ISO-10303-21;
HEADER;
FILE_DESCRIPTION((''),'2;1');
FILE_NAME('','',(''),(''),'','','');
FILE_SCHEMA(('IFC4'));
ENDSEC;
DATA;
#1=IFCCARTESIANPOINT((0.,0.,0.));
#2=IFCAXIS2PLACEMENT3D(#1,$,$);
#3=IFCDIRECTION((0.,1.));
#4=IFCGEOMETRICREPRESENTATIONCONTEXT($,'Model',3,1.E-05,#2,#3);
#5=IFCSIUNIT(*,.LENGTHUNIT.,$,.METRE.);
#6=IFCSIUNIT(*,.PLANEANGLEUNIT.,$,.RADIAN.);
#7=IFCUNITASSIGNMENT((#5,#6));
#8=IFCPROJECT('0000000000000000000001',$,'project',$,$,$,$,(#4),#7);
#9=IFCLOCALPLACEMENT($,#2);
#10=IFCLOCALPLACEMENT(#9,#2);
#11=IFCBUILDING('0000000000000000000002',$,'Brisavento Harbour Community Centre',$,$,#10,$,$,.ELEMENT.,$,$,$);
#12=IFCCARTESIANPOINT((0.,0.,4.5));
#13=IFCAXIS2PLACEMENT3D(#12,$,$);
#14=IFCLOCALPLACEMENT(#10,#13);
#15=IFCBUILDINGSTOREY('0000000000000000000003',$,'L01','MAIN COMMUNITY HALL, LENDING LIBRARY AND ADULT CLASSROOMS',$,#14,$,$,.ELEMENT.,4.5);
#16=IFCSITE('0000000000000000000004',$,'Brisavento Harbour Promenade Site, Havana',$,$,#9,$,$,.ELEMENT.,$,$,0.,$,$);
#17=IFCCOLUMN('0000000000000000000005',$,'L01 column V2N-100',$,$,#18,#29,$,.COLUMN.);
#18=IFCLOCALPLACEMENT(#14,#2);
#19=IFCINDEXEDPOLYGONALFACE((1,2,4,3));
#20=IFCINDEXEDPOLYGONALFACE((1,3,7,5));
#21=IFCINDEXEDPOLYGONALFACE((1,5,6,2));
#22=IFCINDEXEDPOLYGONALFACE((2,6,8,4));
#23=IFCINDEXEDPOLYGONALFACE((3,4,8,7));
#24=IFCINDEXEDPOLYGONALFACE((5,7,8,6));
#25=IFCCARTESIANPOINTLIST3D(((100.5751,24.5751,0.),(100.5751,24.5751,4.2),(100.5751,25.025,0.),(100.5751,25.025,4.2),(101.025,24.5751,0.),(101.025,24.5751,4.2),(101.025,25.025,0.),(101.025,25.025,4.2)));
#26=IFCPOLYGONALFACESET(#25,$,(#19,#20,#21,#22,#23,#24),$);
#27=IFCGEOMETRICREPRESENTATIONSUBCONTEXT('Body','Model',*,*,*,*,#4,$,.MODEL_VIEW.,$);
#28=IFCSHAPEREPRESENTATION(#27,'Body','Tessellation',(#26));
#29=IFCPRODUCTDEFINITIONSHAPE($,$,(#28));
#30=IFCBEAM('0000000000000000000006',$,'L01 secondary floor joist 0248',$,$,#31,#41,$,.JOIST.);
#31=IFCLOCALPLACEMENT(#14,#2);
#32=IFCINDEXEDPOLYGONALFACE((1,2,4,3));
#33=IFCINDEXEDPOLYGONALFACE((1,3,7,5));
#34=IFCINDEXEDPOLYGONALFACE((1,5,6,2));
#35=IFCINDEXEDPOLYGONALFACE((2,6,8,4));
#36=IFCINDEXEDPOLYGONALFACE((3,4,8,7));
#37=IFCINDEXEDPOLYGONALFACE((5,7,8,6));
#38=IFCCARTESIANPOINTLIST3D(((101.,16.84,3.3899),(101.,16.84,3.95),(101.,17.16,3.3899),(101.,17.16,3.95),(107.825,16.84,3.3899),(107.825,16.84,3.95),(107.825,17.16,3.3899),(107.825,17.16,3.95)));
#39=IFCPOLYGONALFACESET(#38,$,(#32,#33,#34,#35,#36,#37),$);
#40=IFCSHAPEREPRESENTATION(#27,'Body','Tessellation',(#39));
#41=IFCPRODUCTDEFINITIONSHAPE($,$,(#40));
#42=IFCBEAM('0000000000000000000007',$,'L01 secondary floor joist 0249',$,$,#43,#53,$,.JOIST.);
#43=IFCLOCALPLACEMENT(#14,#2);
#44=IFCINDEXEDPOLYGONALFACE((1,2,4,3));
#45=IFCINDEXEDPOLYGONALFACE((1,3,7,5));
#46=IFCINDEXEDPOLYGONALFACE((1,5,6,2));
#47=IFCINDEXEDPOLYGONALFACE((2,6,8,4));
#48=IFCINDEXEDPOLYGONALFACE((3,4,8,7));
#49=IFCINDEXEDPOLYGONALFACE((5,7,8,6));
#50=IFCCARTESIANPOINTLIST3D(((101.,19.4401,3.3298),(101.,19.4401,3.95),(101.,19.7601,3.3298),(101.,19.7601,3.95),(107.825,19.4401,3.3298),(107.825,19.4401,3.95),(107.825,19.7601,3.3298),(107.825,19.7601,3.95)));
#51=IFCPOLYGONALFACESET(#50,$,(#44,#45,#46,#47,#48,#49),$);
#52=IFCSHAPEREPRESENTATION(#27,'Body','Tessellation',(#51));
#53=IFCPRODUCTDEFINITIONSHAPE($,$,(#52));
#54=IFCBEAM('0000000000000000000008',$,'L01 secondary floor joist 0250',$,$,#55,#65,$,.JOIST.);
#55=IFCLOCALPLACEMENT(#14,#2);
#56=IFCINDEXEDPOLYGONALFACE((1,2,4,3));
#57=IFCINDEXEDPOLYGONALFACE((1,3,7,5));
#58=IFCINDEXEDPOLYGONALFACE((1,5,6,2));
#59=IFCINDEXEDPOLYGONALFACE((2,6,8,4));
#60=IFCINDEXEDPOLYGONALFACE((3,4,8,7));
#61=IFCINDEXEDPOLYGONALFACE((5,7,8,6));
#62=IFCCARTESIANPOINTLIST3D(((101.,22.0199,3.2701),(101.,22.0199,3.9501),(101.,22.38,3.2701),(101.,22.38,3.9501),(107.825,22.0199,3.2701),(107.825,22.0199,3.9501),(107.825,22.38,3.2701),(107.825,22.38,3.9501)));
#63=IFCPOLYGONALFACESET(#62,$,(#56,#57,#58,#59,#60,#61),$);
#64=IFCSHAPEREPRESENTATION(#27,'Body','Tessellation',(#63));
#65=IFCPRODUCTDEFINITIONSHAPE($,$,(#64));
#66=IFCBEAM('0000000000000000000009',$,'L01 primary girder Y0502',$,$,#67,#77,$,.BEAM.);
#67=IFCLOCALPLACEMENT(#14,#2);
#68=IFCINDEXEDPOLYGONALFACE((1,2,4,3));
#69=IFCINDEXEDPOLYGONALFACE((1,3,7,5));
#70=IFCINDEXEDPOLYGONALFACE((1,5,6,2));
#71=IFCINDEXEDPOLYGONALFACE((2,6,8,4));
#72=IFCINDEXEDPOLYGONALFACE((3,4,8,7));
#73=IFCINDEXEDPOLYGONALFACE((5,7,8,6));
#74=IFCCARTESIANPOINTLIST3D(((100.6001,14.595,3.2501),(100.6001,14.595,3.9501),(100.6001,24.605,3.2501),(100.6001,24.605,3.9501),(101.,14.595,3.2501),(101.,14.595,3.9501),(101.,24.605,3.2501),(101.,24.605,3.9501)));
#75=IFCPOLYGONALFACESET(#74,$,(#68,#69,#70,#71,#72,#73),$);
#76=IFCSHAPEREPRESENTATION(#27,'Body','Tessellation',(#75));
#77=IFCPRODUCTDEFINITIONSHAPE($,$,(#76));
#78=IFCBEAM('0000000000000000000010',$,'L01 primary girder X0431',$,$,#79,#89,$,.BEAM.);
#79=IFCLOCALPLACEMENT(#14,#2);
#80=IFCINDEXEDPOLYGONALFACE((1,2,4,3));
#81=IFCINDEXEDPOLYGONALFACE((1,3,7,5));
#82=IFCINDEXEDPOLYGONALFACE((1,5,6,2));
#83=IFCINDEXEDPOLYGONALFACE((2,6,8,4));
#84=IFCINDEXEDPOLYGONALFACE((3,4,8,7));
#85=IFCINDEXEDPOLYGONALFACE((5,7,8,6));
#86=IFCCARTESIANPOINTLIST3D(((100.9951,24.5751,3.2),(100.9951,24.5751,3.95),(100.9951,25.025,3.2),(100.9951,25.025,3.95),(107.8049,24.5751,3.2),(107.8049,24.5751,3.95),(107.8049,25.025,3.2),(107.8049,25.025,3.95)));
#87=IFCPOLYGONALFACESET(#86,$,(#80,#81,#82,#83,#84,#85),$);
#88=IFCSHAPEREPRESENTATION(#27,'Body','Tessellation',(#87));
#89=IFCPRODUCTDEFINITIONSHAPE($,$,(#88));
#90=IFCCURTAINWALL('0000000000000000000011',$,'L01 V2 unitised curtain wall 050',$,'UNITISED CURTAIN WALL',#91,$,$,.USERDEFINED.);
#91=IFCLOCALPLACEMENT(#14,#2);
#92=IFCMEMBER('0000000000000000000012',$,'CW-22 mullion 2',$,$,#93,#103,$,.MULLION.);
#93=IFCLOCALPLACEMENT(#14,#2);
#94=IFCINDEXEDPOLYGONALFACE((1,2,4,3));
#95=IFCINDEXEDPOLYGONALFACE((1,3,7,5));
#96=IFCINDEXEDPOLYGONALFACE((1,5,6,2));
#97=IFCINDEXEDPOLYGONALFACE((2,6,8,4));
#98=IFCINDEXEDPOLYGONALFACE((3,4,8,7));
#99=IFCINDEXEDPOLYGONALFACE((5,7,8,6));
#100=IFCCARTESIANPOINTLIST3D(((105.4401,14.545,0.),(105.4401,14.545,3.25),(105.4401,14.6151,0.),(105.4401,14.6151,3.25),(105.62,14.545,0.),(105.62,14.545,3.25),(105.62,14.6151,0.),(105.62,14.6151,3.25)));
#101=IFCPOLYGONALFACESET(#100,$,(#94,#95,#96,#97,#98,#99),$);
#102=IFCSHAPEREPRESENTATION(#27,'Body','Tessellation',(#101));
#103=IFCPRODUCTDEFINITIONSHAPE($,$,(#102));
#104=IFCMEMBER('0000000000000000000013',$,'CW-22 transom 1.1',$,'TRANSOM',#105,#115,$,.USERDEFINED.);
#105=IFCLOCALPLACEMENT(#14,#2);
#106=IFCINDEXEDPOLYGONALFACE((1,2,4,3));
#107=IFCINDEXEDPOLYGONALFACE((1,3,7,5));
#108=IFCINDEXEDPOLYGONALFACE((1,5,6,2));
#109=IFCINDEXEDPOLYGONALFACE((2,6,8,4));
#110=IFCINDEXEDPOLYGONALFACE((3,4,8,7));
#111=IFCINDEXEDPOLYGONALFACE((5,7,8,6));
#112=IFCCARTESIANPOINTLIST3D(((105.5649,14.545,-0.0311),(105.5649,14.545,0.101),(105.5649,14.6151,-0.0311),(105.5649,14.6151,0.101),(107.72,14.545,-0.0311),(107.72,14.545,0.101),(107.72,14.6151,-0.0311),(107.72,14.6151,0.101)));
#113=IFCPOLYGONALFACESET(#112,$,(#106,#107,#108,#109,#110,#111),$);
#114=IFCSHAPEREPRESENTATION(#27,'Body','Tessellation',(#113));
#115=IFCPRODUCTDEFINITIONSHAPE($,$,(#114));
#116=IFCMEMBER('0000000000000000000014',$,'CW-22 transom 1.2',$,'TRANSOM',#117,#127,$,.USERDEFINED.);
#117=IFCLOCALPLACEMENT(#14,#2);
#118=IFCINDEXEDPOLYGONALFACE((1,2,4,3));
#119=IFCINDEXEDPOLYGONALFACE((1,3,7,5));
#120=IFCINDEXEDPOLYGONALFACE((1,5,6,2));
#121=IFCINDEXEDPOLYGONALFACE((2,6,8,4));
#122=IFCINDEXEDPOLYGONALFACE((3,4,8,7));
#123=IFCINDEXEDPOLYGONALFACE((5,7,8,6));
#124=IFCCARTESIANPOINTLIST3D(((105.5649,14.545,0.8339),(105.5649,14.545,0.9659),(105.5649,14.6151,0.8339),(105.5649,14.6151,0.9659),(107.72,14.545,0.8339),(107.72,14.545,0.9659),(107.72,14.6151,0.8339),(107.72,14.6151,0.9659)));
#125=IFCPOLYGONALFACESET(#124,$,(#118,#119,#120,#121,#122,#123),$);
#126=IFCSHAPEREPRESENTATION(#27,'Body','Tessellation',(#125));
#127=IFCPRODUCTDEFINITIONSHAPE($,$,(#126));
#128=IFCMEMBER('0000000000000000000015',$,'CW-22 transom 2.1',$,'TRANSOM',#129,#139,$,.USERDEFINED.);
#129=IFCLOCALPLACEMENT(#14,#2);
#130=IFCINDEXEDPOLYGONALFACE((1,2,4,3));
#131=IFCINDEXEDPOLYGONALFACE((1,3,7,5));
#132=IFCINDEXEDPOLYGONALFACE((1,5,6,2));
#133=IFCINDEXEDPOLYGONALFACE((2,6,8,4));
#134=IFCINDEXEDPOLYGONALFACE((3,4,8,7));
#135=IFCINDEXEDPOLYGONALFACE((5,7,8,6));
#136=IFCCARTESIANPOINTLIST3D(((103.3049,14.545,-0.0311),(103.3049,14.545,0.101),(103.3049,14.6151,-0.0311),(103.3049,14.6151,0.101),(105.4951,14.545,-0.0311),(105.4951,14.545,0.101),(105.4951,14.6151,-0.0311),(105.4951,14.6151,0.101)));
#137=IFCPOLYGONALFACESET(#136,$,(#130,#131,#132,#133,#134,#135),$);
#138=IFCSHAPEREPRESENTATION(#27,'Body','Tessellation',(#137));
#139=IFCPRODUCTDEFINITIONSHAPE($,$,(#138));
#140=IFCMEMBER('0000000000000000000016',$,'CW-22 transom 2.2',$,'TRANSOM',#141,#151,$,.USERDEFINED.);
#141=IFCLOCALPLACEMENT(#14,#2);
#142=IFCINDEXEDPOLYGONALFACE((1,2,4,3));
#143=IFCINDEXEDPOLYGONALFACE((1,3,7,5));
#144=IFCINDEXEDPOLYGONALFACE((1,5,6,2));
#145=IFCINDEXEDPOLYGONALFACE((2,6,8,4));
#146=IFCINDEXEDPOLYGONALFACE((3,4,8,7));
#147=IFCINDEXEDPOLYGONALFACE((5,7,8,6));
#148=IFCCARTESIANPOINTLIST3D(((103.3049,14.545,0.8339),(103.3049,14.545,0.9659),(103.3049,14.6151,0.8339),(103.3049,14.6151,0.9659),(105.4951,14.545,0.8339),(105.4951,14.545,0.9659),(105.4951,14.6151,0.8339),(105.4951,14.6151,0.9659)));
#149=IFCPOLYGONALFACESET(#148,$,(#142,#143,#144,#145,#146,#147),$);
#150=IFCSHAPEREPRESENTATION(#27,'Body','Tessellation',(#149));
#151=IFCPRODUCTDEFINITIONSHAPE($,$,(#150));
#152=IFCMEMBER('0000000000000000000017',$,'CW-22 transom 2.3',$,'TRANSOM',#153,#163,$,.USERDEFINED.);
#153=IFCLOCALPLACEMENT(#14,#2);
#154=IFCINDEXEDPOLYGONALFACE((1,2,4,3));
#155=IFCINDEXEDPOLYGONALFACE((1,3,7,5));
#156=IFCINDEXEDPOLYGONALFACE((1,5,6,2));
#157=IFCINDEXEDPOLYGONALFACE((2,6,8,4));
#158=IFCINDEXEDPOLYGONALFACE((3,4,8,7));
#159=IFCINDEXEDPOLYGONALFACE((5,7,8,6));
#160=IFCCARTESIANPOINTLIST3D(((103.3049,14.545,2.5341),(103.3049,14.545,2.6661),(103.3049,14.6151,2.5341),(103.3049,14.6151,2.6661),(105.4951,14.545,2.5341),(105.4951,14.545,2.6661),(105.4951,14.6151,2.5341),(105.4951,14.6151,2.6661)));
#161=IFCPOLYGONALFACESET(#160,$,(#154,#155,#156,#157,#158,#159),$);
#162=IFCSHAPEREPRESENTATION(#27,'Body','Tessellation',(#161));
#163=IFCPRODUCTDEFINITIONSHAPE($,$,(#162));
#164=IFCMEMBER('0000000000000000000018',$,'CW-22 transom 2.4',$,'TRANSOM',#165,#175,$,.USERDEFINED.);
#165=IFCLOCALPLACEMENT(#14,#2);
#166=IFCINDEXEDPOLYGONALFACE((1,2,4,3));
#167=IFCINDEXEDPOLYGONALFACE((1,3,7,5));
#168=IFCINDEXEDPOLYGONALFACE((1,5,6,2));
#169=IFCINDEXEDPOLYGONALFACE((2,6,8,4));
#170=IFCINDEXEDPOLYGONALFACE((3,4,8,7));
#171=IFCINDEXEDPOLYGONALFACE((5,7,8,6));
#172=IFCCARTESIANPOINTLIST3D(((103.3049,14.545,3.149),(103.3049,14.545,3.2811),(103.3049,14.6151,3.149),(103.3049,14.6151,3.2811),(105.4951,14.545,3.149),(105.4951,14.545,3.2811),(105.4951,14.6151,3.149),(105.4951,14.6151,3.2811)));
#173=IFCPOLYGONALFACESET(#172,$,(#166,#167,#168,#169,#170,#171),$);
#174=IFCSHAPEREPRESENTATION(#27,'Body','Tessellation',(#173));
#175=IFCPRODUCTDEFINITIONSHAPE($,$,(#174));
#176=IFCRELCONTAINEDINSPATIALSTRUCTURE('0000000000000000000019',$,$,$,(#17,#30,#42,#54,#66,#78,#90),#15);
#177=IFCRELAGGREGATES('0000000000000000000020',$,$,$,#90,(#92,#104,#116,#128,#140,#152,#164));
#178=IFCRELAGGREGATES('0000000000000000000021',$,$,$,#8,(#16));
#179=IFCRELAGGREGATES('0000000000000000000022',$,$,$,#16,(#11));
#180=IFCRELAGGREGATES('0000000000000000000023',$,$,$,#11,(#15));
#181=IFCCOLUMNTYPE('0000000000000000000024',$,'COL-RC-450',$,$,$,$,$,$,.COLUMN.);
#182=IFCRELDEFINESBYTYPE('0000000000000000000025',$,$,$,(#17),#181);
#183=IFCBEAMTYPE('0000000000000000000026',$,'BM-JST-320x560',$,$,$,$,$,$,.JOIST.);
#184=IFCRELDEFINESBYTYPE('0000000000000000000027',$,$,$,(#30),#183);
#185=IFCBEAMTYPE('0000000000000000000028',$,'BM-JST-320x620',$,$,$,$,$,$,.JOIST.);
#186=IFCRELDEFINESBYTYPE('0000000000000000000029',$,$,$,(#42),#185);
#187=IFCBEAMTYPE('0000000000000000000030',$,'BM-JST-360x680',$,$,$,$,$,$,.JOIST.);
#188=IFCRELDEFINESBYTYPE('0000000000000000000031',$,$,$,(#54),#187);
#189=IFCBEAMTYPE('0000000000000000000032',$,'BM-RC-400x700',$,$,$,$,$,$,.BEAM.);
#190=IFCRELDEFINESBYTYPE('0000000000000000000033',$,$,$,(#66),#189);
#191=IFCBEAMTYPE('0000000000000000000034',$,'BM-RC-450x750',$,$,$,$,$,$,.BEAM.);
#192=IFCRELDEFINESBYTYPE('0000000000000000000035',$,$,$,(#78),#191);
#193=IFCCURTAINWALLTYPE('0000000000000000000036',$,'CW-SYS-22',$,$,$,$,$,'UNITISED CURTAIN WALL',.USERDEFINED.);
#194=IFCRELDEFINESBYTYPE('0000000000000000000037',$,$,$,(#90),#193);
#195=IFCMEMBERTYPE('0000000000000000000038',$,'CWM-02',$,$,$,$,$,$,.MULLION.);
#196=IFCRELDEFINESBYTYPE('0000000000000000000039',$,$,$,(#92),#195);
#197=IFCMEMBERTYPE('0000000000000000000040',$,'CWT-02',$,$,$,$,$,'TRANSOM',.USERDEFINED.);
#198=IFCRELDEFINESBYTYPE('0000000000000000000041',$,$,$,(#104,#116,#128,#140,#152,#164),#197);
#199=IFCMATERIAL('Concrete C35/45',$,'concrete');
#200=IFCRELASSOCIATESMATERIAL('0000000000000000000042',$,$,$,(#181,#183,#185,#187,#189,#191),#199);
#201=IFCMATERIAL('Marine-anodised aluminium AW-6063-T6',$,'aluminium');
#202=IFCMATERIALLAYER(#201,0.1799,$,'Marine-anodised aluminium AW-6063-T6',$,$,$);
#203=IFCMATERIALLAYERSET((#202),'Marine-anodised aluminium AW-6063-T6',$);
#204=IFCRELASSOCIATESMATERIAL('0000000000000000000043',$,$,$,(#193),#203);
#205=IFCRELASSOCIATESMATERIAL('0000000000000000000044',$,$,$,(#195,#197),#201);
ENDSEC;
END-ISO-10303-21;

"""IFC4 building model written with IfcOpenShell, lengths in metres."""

from ifc_helpers import new_model, si_unit, direction, frame, origin, origin_2d, place, context, subcontext, project, spatial, rectangle, extrude, material, layer, layer_set, material_profile, profile_set, type_object, element, aggregate, save


model = new_model("IFC4")

# Units and contexts
model_context = context("Model", 3, precision=1e-05, world=origin(), true_north=direction((0.0, 1.0)))
body_context = subcontext(model_context, "Body", "Model", "MODEL_VIEW")
ifc_project = project(units=[si_unit("LENGTHUNIT", "METRE"), si_unit("PLANEANGLEUNIT", "RADIAN")], contexts=[model_context])

# Site, building, storey
site_placement = place(None, origin())
site = spatial("IfcSite", under=ifc_project, at=site_placement, Name="Brisavento Harbour Promenade Site, Havana", CompositionType="ELEMENT", RefElevation=0.0)
building_placement = place(site_placement, origin())
building = spatial("IfcBuilding", under=site, at=building_placement, Name="Brisavento Harbour Community Centre", CompositionType="ELEMENT")
storey_placement = place(building_placement, frame((0.0, 0.0, 4.5)))
storey = spatial("IfcBuildingStorey", under=building, at=storey_placement, Name="L01", Description="MAIN COMMUNITY HALL, LENDING LIBRARY AND ADULT CLASSROOMS", CompositionType="ELEMENT", Elevation=4.5)

# Column
ifc_material_1 = material(Name="Concrete C35/45", Category="concrete")
ifc_material_profile_1 = material_profile(ifc_material_1, rectangle(XDim=0.45, YDim=0.45, at=origin_2d()), Name="Concrete C35/45")
ifc_profile_set_1 = profile_set([ifc_material_profile_1], Name="Concrete C35/45")
column_type = type_object("IfcColumnType", Name="COL-RC-450", PredefinedType="COLUMN", material=ifc_profile_set_1)
column_placement = place(storey_placement, frame((100.8, 24.8, 0.0), z_axis=(0.0, 0.0, 1.0), x_axis=(1.0, 0.0, 0.0)))
element("IfcColumn", 1, at=column_placement, inside=storey, type_object=column_type, Name="L01 column V2N-100", PredefinedType="COLUMN", context=body_context, shape_type="SweptSolid", body=[
    extrude(rectangle(XDim=0.45, YDim=0.45, at=origin_2d()), origin(), (0.0, 0.0, 1.0), 4.2),
])

# Beams
ifc_material_profile_2 = material_profile(ifc_material_1, rectangle(XDim=0.3201, YDim=0.5601, at=origin_2d()), Name="Concrete C35/45")
ifc_profile_set_2 = profile_set([ifc_material_profile_2], Name="Concrete C35/45")
beam_type_1 = type_object("IfcBeamType", Name="BM-JST-320x560", PredefinedType="JOIST", material=ifc_profile_set_2)
beam_1_placement = place(storey_placement, frame((101.0, 17.0, 3.6699), z_axis=(1.0, 0.0, 0.0), x_axis=(0.0, 1.0, 0.0)))
element("IfcBeam", 2, at=beam_1_placement, inside=storey, type_object=beam_type_1, Name="L01 secondary floor joist 0248", PredefinedType="JOIST", context=body_context, shape_type="SweptSolid", body=[
    extrude(rectangle(XDim=0.3201, YDim=0.5601, at=origin_2d()), origin(), (0.0, 0.0, 1.0), 6.825),
])
ifc_material_profile_3 = material_profile(ifc_material_1, rectangle(XDim=0.3201, YDim=0.6201, at=origin_2d()), Name="Concrete C35/45")
ifc_profile_set_3 = profile_set([ifc_material_profile_3], Name="Concrete C35/45")
beam_type_2 = type_object("IfcBeamType", Name="BM-JST-320x620", PredefinedType="JOIST", material=ifc_profile_set_3)
beam_2_placement = place(storey_placement, frame((101.0, 19.6001, 3.6399), z_axis=(1.0, 0.0, 0.0), x_axis=(0.0, 1.0, 0.0)))
element("IfcBeam", 3, at=beam_2_placement, inside=storey, type_object=beam_type_2, Name="L01 secondary floor joist 0249", PredefinedType="JOIST", context=body_context, shape_type="SweptSolid", body=[
    extrude(rectangle(XDim=0.3201, YDim=0.6201, at=origin_2d()), origin(), (0.0, 0.0, 1.0), 6.825),
])
ifc_material_profile_4 = material_profile(ifc_material_1, rectangle(XDim=0.3601, YDim=0.6799, at=origin_2d()), Name="Concrete C35/45")
ifc_profile_set_4 = profile_set([ifc_material_profile_4], Name="Concrete C35/45")
beam_type_3 = type_object("IfcBeamType", Name="BM-JST-360x680", PredefinedType="JOIST", material=ifc_profile_set_4)
beam_3_placement = place(storey_placement, frame((101.0, 22.2, 3.6101), z_axis=(1.0, 0.0, 0.0), x_axis=(0.0, 1.0, 0.0)))
element("IfcBeam", 4, at=beam_3_placement, inside=storey, type_object=beam_type_3, Name="L01 secondary floor joist 0250", PredefinedType="JOIST", context=body_context, shape_type="SweptSolid", body=[
    extrude(rectangle(XDim=0.3601, YDim=0.6799, at=origin_2d()), origin(), (0.0, 0.0, 1.0), 6.825),
])
ifc_material_profile_5 = material_profile(ifc_material_1, rectangle(XDim=0.3999, YDim=0.7, at=origin_2d()), Name="Concrete C35/45")
ifc_profile_set_5 = profile_set([ifc_material_profile_5], Name="Concrete C35/45")
beam_type_4 = type_object("IfcBeamType", Name="BM-RC-400x700", PredefinedType="BEAM", material=ifc_profile_set_5)
beam_4_placement = place(storey_placement, frame((100.8, 14.595, 3.6001), z_axis=(0.0, 1.0, 0.0), x_axis=(-1.0, 0.0, 0.0)))
element("IfcBeam", 5, at=beam_4_placement, inside=storey, type_object=beam_type_4, Name="L01 primary girder Y0502", PredefinedType="BEAM", context=body_context, shape_type="SweptSolid", body=[
    extrude(rectangle(XDim=0.3999, YDim=0.7, at=origin_2d()), origin(), (0.0, 0.0, 1.0), 10.01),
])
ifc_material_profile_6 = material_profile(ifc_material_1, rectangle(XDim=0.45, YDim=0.75, at=origin_2d()), Name="Concrete C35/45")
ifc_profile_set_6 = profile_set([ifc_material_profile_6], Name="Concrete C35/45")
beam_type_5 = type_object("IfcBeamType", Name="BM-RC-450x750", PredefinedType="BEAM", material=ifc_profile_set_6)
beam_5_placement = place(storey_placement, frame((100.9951, 24.8, 3.575), z_axis=(1.0, 0.0, 0.0), x_axis=(0.0, 1.0, 0.0)))
element("IfcBeam", 6, at=beam_5_placement, inside=storey, type_object=beam_type_5, Name="L01 primary girder X0431", PredefinedType="BEAM", context=body_context, shape_type="SweptSolid", body=[
    extrude(rectangle(XDim=0.45, YDim=0.75, at=origin_2d()), origin(), (0.0, 0.0, 1.0), 6.8098),
])

# Curtain wall, members
ifc_material_2 = material(Name="Marine-anodised aluminium AW-6063-T6", Category="aluminium")
ifc_layer_1 = layer(ifc_material_2, 0.1799, Name="Marine-anodised aluminium AW-6063-T6")
ifc_layer_set_1 = layer_set([ifc_layer_1], Name="Marine-anodised aluminium AW-6063-T6")
curtain_wall_type = type_object("IfcCurtainWallType", Name="CW-SYS-22", ElementType="UNITISED CURTAIN WALL", PredefinedType="USERDEFINED", material=ifc_layer_set_1)
curtain_wall_placement = place(storey_placement, origin())
curtain_wall = element("IfcCurtainWall", 7, at=curtain_wall_placement, inside=storey, type_object=curtain_wall_type, Name="L01 V2 unitised curtain wall 050", ObjectType="UNITISED CURTAIN WALL", PredefinedType="USERDEFINED")
ifc_material_profile_7 = material_profile(ifc_material_2, rectangle(XDim=0.0701, YDim=0.1799, at=origin_2d()), Name="Marine-anodised aluminium AW-6063-T6")
ifc_profile_set_7 = profile_set([ifc_material_profile_7], Name="Marine-anodised aluminium AW-6063-T6")
member_type_1 = type_object("IfcMemberType", Name="CWM-02", PredefinedType="MULLION", material=ifc_profile_set_7)
member_1_placement = place(storey_placement, frame((105.53, 14.5801, 0.0), z_axis=(0.0, 0.0, 1.0), x_axis=(0.0, -1.0, 0.0)))
member_1 = element("IfcMember", 8, at=member_1_placement, type_object=member_type_1, Name="CW-22 mullion 2", PredefinedType="MULLION", context=body_context, shape_type="SweptSolid", body=[
    extrude(rectangle(XDim=0.0701, YDim=0.1799, at=origin_2d()), origin(), (0.0, 0.0, 1.0), 3.25),
])
ifc_material_profile_8 = material_profile(ifc_material_2, rectangle(XDim=0.0701, YDim=0.1321, at=origin_2d()), Name="Marine-anodised aluminium AW-6063-T6")
ifc_profile_set_8 = profile_set([ifc_material_profile_8], Name="Marine-anodised aluminium AW-6063-T6")
member_type_2 = type_object("IfcMemberType", Name="CWT-02", ElementType="TRANSOM", PredefinedType="USERDEFINED", material=ifc_profile_set_8)
member_2_placement = place(storey_placement, frame((107.72, 14.5801, 0.0349), z_axis=(-1.0, 0.0, 0.0), x_axis=(0.0, -1.0, 0.0)))
member_2 = element("IfcMember", 9, at=member_2_placement, type_object=member_type_2, Name="CW-22 transom 1.1", ObjectType="TRANSOM", PredefinedType="USERDEFINED", context=body_context, shape_type="SweptSolid", body=[
    extrude(rectangle(XDim=0.0701, YDim=0.1321, at=origin_2d()), origin(), (0.0, 0.0, 1.0), 2.155),
])
member_3_placement = place(storey_placement, frame((107.72, 14.5801, 0.8999), z_axis=(-1.0, 0.0, 0.0), x_axis=(0.0, -1.0, 0.0)))
member_3 = element("IfcMember", 10, at=member_3_placement, type_object=member_type_2, Name="CW-22 transom 1.2", ObjectType="TRANSOM", PredefinedType="USERDEFINED", context=body_context, shape_type="SweptSolid", body=[
    extrude(rectangle(XDim=0.0701, YDim=0.1321, at=origin_2d()), origin(), (0.0, 0.0, 1.0), 2.155),
])
member_4_placement = place(storey_placement, frame((105.4951, 14.5801, 0.0349), z_axis=(-1.0, 0.0, 0.0), x_axis=(0.0, -1.0, 0.0)))
member_4 = element("IfcMember", 11, at=member_4_placement, type_object=member_type_2, Name="CW-22 transom 2.1", ObjectType="TRANSOM", PredefinedType="USERDEFINED", context=body_context, shape_type="SweptSolid", body=[
    extrude(rectangle(XDim=0.0701, YDim=0.1321, at=origin_2d()), origin(), (0.0, 0.0, 1.0), 2.1902),
])
member_5_placement = place(storey_placement, frame((105.4951, 14.5801, 0.8999), z_axis=(-1.0, 0.0, 0.0), x_axis=(0.0, -1.0, 0.0)))
member_5 = element("IfcMember", 12, at=member_5_placement, type_object=member_type_2, Name="CW-22 transom 2.2", ObjectType="TRANSOM", PredefinedType="USERDEFINED", context=body_context, shape_type="SweptSolid", body=[
    extrude(rectangle(XDim=0.0701, YDim=0.1321, at=origin_2d()), origin(), (0.0, 0.0, 1.0), 2.1902),
])
member_6_placement = place(storey_placement, frame((105.4951, 14.5801, 2.6001), z_axis=(-1.0, 0.0, 0.0), x_axis=(0.0, -1.0, 0.0)))
member_6 = element("IfcMember", 13, at=member_6_placement, type_object=member_type_2, Name="CW-22 transom 2.3", ObjectType="TRANSOM", PredefinedType="USERDEFINED", context=body_context, shape_type="SweptSolid", body=[
    extrude(rectangle(XDim=0.0701, YDim=0.1321, at=origin_2d()), origin(), (0.0, 0.0, 1.0), 2.1902),
])
member_7_placement = place(storey_placement, frame((105.4951, 14.5801, 3.2151), z_axis=(-1.0, 0.0, 0.0), x_axis=(0.0, -1.0, 0.0)))
member_7 = element("IfcMember", 14, at=member_7_placement, type_object=member_type_2, Name="CW-22 transom 2.4", ObjectType="TRANSOM", PredefinedType="USERDEFINED", context=body_context, shape_type="SweptSolid", body=[
    extrude(rectangle(XDim=0.0701, YDim=0.1321, at=origin_2d()), origin(), (0.0, 0.0, 1.0), 2.1902),
])
aggregate(curtain_wall, [member_1, member_2, member_3, member_4, member_5, member_6, member_7])

save(model, "model.ifc")
